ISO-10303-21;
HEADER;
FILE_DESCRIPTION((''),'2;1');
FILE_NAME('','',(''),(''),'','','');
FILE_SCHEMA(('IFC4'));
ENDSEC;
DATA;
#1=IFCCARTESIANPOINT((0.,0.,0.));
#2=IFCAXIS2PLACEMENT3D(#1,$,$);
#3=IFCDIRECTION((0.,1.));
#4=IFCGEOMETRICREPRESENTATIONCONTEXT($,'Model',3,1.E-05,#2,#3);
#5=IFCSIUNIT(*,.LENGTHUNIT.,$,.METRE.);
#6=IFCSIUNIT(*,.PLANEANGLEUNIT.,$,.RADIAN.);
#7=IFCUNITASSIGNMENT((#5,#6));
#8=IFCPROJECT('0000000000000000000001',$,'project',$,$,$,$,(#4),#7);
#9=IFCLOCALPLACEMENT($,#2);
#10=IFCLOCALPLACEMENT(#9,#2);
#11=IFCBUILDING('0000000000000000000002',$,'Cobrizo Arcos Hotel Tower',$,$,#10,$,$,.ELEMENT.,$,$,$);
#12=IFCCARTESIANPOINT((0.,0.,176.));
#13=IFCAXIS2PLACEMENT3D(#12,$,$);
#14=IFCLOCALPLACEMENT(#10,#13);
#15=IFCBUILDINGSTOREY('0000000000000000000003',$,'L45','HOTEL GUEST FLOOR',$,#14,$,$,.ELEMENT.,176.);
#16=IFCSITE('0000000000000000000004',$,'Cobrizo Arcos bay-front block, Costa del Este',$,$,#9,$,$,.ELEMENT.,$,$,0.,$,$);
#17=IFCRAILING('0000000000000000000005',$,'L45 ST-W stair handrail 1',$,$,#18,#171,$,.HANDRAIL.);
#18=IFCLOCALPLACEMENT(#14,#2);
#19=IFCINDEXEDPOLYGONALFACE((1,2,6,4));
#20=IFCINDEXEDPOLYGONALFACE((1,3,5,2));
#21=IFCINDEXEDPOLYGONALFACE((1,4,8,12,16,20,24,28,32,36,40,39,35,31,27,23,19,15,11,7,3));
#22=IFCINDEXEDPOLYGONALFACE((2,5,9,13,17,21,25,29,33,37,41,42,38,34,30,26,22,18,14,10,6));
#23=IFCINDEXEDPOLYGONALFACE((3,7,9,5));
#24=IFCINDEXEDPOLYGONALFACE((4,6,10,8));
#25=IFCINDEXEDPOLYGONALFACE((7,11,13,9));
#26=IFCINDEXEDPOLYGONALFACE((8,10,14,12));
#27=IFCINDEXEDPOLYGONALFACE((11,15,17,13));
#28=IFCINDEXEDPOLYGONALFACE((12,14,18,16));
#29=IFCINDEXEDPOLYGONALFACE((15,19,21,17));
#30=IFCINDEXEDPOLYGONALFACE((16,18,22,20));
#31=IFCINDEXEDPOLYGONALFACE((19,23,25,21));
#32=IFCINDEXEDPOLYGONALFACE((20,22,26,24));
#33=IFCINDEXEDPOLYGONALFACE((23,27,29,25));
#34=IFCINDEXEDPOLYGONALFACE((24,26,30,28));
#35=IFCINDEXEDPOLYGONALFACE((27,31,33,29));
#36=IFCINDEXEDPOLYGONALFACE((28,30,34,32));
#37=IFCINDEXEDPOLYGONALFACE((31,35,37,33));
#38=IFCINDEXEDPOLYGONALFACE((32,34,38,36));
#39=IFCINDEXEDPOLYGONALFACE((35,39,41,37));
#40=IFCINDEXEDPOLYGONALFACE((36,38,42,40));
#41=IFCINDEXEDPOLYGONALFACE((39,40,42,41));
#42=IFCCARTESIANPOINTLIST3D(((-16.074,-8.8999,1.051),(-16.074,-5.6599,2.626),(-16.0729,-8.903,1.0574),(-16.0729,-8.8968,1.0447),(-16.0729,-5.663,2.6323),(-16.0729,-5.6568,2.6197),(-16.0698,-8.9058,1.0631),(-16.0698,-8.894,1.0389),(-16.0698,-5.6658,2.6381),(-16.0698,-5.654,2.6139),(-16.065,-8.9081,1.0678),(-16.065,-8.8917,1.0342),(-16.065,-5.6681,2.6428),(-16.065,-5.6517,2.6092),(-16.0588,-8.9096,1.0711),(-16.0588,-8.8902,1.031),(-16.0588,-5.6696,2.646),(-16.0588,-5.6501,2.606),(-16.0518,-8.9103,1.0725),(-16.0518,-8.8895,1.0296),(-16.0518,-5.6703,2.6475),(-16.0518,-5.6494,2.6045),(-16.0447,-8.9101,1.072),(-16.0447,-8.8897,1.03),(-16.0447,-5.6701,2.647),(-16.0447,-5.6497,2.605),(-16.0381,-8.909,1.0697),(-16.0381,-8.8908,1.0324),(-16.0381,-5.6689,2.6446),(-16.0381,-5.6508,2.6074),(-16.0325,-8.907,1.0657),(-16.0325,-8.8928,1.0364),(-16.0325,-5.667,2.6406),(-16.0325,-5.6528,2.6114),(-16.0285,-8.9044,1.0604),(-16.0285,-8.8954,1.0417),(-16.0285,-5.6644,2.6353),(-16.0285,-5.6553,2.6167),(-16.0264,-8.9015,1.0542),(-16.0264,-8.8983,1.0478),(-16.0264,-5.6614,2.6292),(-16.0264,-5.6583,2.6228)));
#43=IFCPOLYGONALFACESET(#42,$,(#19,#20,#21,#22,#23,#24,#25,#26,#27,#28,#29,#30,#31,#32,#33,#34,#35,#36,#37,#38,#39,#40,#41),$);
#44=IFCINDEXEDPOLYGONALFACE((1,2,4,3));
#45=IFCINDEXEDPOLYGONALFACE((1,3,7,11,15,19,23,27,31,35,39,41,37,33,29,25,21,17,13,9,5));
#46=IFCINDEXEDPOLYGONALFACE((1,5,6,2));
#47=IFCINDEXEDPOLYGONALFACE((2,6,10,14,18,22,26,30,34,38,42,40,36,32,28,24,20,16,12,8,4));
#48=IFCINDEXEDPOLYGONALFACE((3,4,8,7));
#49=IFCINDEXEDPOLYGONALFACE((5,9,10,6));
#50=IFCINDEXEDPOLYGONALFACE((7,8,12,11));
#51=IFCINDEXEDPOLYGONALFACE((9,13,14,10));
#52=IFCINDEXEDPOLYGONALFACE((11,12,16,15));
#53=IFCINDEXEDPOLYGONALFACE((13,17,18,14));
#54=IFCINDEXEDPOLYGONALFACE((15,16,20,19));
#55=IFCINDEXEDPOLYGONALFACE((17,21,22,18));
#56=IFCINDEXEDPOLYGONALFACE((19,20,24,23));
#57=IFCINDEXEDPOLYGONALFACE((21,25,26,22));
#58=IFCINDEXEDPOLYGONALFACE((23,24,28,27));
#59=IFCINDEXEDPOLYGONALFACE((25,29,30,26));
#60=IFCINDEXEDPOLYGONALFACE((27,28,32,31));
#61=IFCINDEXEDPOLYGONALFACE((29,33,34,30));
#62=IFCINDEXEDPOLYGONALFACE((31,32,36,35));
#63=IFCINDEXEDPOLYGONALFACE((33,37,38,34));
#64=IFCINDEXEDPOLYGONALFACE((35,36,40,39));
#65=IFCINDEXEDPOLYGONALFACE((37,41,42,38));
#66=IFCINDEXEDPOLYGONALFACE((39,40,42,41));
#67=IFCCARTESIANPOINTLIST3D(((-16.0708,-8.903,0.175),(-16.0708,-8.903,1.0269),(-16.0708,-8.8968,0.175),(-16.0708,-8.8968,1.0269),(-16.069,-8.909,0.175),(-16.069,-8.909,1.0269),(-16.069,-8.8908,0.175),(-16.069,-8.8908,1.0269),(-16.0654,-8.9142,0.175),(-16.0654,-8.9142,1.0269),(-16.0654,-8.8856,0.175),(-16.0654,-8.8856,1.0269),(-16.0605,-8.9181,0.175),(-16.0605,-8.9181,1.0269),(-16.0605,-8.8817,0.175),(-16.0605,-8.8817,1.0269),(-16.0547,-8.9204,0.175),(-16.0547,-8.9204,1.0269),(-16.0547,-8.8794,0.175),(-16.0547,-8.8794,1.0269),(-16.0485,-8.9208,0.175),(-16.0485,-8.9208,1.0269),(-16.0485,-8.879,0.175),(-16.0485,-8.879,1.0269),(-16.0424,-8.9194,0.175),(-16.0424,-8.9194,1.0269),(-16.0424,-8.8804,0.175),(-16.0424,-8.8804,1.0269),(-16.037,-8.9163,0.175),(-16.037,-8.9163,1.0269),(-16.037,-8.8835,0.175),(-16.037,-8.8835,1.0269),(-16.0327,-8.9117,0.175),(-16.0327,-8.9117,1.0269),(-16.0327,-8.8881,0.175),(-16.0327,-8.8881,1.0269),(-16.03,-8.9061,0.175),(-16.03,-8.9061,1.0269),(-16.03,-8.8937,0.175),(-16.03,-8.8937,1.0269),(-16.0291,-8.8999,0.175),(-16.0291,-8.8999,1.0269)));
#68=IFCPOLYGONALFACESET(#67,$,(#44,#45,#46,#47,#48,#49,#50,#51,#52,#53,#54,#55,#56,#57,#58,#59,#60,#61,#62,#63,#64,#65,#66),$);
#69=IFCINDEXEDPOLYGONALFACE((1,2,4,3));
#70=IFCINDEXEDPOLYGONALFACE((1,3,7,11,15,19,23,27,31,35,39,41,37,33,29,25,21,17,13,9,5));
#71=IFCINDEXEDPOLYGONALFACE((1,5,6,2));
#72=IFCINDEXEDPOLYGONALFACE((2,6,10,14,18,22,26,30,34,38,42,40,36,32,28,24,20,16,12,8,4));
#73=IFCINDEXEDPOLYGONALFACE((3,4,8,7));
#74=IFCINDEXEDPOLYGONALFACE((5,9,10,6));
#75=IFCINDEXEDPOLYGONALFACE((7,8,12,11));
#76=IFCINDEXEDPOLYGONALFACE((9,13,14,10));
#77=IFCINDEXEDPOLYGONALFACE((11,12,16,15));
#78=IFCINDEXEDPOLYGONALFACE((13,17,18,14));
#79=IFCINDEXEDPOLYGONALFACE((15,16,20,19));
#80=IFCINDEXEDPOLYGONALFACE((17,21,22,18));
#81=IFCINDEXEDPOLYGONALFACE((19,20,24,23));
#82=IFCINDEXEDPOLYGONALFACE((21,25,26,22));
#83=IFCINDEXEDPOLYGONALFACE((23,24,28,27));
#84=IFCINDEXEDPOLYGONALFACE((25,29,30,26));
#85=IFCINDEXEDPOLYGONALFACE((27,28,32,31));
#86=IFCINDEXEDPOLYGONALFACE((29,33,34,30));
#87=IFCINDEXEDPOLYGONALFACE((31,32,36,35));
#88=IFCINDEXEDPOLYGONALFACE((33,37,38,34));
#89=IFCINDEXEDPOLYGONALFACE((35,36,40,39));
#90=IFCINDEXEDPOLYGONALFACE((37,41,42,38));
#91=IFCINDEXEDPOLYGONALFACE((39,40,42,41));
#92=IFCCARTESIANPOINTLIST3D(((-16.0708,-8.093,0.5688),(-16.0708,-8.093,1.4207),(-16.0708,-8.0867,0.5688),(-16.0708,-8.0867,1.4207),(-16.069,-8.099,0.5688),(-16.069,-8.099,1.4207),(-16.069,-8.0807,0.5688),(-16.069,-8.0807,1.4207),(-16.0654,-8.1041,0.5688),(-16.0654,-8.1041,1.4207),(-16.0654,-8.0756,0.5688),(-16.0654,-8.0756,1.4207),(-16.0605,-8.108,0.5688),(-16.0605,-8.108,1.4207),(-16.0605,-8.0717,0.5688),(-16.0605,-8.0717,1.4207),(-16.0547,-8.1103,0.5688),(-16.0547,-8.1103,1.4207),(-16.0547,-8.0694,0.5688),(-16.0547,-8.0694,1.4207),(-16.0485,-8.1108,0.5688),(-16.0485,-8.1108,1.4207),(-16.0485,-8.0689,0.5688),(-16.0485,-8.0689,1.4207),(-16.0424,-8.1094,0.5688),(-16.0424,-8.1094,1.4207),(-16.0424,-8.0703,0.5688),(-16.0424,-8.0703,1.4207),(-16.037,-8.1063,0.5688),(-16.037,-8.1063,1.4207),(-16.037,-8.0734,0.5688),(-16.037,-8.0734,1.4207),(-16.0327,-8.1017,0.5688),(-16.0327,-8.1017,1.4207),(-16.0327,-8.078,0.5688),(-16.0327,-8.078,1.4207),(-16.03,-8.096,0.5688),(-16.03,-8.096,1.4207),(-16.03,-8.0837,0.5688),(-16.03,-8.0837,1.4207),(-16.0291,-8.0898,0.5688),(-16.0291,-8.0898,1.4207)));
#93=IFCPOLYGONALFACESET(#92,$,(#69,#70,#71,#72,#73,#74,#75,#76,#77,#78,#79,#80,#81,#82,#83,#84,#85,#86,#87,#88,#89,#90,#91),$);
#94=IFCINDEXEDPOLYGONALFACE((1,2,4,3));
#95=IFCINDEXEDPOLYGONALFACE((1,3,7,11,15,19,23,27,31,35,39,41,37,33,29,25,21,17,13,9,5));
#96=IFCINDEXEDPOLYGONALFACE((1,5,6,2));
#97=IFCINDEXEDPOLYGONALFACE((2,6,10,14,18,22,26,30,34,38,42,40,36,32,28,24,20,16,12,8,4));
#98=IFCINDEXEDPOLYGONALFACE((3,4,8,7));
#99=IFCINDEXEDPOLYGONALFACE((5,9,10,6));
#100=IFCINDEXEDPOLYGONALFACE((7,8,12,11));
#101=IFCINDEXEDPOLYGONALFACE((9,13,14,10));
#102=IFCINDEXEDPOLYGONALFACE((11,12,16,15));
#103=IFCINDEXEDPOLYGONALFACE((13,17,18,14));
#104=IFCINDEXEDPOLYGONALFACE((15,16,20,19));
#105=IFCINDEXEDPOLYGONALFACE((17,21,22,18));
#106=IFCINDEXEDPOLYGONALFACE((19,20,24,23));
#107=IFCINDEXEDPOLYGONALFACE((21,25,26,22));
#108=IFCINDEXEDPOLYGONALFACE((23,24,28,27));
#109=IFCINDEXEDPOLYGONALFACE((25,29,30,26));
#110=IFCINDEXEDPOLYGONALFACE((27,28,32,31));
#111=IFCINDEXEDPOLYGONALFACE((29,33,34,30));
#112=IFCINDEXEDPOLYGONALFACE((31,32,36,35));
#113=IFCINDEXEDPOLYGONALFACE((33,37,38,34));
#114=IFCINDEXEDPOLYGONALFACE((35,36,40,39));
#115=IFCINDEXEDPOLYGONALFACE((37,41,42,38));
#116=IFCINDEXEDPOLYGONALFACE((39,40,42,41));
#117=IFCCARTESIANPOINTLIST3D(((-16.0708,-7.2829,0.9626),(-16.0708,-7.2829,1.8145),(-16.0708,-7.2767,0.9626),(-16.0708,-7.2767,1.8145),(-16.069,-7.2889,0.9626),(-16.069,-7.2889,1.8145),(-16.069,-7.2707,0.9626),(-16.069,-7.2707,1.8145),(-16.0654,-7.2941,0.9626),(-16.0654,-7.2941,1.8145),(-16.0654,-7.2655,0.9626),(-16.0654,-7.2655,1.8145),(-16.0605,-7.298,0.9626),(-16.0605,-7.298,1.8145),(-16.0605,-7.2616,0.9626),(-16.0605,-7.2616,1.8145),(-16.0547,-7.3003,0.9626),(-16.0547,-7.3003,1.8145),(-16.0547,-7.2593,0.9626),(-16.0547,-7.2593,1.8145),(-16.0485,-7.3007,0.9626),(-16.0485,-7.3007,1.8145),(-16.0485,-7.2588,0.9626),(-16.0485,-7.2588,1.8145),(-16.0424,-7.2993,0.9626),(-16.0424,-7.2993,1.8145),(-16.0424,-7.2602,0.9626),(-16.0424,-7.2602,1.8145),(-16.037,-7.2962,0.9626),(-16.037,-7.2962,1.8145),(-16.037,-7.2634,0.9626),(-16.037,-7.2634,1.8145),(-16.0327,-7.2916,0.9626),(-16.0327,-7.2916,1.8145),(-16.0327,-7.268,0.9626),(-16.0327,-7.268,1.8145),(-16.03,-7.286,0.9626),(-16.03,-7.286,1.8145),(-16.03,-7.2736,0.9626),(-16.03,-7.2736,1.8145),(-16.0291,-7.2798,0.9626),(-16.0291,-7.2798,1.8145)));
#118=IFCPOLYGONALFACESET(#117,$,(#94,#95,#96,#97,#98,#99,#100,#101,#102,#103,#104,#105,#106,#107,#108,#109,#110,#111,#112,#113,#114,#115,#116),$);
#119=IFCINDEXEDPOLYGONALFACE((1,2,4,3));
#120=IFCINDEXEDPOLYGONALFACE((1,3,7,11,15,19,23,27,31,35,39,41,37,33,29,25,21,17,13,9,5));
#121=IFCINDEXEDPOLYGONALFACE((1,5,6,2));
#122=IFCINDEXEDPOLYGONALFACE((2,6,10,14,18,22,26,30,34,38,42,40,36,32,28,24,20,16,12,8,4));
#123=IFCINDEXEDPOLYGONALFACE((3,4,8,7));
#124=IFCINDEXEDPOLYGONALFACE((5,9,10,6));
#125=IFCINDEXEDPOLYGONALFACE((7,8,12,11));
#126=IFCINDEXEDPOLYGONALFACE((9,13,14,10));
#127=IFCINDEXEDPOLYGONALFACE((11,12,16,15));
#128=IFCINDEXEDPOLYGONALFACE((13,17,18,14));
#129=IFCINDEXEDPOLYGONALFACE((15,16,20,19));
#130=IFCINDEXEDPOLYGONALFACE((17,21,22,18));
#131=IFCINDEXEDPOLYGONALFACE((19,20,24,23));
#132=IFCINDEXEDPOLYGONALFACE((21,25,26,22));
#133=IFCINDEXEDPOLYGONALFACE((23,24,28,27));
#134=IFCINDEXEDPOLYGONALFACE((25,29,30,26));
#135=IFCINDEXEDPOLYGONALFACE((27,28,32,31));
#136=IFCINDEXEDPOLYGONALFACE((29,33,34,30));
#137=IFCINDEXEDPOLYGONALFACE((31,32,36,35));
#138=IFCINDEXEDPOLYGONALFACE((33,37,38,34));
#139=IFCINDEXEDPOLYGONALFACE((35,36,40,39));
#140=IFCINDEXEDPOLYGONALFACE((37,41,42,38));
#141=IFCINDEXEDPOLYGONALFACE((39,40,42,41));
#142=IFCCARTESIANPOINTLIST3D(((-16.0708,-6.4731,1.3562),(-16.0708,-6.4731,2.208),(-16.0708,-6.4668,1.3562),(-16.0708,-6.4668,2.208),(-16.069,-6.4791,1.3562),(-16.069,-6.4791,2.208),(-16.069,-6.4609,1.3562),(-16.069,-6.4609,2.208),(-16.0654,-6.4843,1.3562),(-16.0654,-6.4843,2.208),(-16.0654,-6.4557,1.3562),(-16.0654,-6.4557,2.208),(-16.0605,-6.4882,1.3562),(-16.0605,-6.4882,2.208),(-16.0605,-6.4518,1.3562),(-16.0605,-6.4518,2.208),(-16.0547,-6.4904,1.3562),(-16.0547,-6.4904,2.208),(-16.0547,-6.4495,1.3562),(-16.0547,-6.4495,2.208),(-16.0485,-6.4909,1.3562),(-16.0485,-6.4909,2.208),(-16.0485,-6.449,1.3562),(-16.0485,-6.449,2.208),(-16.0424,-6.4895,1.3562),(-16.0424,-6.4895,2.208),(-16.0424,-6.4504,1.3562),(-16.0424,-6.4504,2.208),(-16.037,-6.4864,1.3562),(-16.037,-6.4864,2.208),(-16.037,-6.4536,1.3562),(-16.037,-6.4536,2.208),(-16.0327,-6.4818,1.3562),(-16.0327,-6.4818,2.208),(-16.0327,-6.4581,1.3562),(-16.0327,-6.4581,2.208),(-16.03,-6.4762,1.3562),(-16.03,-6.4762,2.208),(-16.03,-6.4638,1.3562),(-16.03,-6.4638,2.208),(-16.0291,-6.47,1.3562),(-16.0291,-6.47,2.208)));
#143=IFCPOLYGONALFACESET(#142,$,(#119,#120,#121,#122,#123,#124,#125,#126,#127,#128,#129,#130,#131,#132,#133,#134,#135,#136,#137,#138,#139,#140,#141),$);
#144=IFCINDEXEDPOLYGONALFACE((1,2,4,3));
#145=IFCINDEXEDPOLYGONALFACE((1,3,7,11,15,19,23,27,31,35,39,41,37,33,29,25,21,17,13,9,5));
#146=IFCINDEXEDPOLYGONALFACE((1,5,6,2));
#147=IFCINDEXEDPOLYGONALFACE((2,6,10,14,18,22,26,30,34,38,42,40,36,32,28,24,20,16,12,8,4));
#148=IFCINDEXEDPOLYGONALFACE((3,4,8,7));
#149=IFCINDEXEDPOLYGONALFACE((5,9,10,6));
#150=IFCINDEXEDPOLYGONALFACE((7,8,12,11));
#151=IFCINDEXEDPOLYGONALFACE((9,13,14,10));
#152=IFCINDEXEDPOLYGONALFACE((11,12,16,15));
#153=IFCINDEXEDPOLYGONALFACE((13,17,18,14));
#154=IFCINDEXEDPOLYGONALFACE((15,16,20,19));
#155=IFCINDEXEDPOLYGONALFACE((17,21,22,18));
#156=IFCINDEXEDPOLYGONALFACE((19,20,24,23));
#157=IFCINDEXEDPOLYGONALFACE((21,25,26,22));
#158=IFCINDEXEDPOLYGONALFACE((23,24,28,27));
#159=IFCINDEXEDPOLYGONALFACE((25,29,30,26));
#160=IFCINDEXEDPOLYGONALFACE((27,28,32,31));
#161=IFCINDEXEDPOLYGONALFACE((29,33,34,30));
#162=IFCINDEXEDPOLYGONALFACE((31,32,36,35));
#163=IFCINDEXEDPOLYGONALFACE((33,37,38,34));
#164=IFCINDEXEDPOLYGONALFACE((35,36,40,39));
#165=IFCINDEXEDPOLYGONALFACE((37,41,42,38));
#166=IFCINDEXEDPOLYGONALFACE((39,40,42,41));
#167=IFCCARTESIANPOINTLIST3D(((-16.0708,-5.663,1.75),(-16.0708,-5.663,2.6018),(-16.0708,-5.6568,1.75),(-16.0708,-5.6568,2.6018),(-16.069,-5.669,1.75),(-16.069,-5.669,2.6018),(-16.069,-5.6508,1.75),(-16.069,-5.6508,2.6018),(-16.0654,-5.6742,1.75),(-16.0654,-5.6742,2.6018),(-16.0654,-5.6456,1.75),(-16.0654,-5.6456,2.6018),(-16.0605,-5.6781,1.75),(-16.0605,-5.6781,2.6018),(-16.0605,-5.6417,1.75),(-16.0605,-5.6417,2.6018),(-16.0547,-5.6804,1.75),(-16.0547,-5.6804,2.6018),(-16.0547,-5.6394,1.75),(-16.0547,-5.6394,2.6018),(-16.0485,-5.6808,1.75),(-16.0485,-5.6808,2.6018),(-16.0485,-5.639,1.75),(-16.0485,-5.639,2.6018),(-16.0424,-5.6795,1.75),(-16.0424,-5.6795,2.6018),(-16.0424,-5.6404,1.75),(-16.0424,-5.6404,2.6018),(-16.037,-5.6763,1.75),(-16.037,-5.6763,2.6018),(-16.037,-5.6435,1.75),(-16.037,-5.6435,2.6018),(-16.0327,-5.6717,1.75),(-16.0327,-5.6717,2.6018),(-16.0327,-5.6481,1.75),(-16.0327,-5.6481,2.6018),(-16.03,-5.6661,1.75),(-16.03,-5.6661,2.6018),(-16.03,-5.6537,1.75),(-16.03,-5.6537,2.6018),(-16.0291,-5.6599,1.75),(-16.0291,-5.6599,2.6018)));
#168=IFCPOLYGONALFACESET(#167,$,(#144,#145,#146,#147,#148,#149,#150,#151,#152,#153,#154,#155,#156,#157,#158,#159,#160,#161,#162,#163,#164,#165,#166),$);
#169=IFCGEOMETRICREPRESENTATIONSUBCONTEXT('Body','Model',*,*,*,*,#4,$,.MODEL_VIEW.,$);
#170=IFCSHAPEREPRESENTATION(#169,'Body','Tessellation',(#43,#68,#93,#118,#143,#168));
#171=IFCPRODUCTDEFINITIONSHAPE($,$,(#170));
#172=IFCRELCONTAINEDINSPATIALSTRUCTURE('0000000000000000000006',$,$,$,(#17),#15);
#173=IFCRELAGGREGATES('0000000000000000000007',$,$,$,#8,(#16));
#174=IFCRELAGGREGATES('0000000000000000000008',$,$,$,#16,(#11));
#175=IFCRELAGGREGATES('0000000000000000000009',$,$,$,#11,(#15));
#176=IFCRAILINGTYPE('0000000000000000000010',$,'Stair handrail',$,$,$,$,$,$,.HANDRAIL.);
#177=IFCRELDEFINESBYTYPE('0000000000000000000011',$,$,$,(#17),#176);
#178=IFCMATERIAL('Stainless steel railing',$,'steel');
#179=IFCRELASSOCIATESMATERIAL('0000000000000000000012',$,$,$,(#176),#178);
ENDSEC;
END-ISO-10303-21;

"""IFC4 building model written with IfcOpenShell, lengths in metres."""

from ifc_helpers import new_model, si_unit, direction, frame, origin, origin_2d, place, context, subcontext, project, spatial, circle, extrude, material, type_object, element, save


model = new_model("IFC4")

# Units and contexts
model_context = context("Model", 3, precision=1e-05, world=origin(), true_north=direction((0.0, 1.0)))
body_context = subcontext(model_context, "Body", "Model", "MODEL_VIEW")
ifc_project = project(units=[si_unit("LENGTHUNIT", "METRE"), si_unit("PLANEANGLEUNIT", "RADIAN")], contexts=[model_context])

# Site, building, storey
site_placement = place(None, origin())
site = spatial("IfcSite", under=ifc_project, at=site_placement, Name="Cobrizo Arcos bay-front block, Costa del Este", CompositionType="ELEMENT", RefElevation=0.0)
building_placement = place(site_placement, origin())
building = spatial("IfcBuilding", under=site, at=building_placement, Name="Cobrizo Arcos Hotel Tower", CompositionType="ELEMENT")
storey_placement = place(building_placement, frame((0.0, 0.0, 176.0)))
storey = spatial("IfcBuildingStorey", under=building, at=storey_placement, Name="L45", Description="HOTEL GUEST FLOOR", CompositionType="ELEMENT", Elevation=176.0)

# Railing
ifc_material_1 = material(Name="Stainless steel railing", Category="steel")
railing_type = type_object("IfcRailingType", Name="Stair handrail", PredefinedType="HANDRAIL", material=ifc_material_1)
railing_placement = place(storey_placement, frame((-16.05, -8.8999, 0.175)))
element("IfcRailing", 1, at=railing_placement, inside=storey, type_object=railing_type, Name="L45 ST-W stair handrail 1", PredefinedType="HANDRAIL", context=body_context, shape_type="SweptSolid", body=[
    extrude(circle(Radius=0.0239, at=origin_2d()), frame((0.0, 0.0, 0.876), z_axis=(0.0, 0.899373, 0.437183), x_axis=(-1.0, 0.0, 0.0)), (0.0, 0.0, 1.0), 3.6025),
    extrude(circle(Radius=0.021, at=origin_2d()), origin(), (0.0, 0.0, 1.0), 0.8518),
    extrude(circle(Radius=0.021, at=origin_2d()), frame((0.0, 0.8101, 0.3938)), (0.0, 0.0, 1.0), 0.8518),
    extrude(circle(Radius=0.021, at=origin_2d()), frame((0.0, 1.6201, 0.7876)), (0.0, 0.0, 1.0), 0.8518),
    extrude(circle(Radius=0.021, at=origin_2d()), frame((0.0, 2.4299, 1.1812)), (0.0, 0.0, 1.0), 0.8518),
    extrude(circle(Radius=0.021, at=origin_2d()), frame((0.0, 3.24, 1.575)), (0.0, 0.0, 1.0), 0.8518),
])

save(model, "model.ifc")
